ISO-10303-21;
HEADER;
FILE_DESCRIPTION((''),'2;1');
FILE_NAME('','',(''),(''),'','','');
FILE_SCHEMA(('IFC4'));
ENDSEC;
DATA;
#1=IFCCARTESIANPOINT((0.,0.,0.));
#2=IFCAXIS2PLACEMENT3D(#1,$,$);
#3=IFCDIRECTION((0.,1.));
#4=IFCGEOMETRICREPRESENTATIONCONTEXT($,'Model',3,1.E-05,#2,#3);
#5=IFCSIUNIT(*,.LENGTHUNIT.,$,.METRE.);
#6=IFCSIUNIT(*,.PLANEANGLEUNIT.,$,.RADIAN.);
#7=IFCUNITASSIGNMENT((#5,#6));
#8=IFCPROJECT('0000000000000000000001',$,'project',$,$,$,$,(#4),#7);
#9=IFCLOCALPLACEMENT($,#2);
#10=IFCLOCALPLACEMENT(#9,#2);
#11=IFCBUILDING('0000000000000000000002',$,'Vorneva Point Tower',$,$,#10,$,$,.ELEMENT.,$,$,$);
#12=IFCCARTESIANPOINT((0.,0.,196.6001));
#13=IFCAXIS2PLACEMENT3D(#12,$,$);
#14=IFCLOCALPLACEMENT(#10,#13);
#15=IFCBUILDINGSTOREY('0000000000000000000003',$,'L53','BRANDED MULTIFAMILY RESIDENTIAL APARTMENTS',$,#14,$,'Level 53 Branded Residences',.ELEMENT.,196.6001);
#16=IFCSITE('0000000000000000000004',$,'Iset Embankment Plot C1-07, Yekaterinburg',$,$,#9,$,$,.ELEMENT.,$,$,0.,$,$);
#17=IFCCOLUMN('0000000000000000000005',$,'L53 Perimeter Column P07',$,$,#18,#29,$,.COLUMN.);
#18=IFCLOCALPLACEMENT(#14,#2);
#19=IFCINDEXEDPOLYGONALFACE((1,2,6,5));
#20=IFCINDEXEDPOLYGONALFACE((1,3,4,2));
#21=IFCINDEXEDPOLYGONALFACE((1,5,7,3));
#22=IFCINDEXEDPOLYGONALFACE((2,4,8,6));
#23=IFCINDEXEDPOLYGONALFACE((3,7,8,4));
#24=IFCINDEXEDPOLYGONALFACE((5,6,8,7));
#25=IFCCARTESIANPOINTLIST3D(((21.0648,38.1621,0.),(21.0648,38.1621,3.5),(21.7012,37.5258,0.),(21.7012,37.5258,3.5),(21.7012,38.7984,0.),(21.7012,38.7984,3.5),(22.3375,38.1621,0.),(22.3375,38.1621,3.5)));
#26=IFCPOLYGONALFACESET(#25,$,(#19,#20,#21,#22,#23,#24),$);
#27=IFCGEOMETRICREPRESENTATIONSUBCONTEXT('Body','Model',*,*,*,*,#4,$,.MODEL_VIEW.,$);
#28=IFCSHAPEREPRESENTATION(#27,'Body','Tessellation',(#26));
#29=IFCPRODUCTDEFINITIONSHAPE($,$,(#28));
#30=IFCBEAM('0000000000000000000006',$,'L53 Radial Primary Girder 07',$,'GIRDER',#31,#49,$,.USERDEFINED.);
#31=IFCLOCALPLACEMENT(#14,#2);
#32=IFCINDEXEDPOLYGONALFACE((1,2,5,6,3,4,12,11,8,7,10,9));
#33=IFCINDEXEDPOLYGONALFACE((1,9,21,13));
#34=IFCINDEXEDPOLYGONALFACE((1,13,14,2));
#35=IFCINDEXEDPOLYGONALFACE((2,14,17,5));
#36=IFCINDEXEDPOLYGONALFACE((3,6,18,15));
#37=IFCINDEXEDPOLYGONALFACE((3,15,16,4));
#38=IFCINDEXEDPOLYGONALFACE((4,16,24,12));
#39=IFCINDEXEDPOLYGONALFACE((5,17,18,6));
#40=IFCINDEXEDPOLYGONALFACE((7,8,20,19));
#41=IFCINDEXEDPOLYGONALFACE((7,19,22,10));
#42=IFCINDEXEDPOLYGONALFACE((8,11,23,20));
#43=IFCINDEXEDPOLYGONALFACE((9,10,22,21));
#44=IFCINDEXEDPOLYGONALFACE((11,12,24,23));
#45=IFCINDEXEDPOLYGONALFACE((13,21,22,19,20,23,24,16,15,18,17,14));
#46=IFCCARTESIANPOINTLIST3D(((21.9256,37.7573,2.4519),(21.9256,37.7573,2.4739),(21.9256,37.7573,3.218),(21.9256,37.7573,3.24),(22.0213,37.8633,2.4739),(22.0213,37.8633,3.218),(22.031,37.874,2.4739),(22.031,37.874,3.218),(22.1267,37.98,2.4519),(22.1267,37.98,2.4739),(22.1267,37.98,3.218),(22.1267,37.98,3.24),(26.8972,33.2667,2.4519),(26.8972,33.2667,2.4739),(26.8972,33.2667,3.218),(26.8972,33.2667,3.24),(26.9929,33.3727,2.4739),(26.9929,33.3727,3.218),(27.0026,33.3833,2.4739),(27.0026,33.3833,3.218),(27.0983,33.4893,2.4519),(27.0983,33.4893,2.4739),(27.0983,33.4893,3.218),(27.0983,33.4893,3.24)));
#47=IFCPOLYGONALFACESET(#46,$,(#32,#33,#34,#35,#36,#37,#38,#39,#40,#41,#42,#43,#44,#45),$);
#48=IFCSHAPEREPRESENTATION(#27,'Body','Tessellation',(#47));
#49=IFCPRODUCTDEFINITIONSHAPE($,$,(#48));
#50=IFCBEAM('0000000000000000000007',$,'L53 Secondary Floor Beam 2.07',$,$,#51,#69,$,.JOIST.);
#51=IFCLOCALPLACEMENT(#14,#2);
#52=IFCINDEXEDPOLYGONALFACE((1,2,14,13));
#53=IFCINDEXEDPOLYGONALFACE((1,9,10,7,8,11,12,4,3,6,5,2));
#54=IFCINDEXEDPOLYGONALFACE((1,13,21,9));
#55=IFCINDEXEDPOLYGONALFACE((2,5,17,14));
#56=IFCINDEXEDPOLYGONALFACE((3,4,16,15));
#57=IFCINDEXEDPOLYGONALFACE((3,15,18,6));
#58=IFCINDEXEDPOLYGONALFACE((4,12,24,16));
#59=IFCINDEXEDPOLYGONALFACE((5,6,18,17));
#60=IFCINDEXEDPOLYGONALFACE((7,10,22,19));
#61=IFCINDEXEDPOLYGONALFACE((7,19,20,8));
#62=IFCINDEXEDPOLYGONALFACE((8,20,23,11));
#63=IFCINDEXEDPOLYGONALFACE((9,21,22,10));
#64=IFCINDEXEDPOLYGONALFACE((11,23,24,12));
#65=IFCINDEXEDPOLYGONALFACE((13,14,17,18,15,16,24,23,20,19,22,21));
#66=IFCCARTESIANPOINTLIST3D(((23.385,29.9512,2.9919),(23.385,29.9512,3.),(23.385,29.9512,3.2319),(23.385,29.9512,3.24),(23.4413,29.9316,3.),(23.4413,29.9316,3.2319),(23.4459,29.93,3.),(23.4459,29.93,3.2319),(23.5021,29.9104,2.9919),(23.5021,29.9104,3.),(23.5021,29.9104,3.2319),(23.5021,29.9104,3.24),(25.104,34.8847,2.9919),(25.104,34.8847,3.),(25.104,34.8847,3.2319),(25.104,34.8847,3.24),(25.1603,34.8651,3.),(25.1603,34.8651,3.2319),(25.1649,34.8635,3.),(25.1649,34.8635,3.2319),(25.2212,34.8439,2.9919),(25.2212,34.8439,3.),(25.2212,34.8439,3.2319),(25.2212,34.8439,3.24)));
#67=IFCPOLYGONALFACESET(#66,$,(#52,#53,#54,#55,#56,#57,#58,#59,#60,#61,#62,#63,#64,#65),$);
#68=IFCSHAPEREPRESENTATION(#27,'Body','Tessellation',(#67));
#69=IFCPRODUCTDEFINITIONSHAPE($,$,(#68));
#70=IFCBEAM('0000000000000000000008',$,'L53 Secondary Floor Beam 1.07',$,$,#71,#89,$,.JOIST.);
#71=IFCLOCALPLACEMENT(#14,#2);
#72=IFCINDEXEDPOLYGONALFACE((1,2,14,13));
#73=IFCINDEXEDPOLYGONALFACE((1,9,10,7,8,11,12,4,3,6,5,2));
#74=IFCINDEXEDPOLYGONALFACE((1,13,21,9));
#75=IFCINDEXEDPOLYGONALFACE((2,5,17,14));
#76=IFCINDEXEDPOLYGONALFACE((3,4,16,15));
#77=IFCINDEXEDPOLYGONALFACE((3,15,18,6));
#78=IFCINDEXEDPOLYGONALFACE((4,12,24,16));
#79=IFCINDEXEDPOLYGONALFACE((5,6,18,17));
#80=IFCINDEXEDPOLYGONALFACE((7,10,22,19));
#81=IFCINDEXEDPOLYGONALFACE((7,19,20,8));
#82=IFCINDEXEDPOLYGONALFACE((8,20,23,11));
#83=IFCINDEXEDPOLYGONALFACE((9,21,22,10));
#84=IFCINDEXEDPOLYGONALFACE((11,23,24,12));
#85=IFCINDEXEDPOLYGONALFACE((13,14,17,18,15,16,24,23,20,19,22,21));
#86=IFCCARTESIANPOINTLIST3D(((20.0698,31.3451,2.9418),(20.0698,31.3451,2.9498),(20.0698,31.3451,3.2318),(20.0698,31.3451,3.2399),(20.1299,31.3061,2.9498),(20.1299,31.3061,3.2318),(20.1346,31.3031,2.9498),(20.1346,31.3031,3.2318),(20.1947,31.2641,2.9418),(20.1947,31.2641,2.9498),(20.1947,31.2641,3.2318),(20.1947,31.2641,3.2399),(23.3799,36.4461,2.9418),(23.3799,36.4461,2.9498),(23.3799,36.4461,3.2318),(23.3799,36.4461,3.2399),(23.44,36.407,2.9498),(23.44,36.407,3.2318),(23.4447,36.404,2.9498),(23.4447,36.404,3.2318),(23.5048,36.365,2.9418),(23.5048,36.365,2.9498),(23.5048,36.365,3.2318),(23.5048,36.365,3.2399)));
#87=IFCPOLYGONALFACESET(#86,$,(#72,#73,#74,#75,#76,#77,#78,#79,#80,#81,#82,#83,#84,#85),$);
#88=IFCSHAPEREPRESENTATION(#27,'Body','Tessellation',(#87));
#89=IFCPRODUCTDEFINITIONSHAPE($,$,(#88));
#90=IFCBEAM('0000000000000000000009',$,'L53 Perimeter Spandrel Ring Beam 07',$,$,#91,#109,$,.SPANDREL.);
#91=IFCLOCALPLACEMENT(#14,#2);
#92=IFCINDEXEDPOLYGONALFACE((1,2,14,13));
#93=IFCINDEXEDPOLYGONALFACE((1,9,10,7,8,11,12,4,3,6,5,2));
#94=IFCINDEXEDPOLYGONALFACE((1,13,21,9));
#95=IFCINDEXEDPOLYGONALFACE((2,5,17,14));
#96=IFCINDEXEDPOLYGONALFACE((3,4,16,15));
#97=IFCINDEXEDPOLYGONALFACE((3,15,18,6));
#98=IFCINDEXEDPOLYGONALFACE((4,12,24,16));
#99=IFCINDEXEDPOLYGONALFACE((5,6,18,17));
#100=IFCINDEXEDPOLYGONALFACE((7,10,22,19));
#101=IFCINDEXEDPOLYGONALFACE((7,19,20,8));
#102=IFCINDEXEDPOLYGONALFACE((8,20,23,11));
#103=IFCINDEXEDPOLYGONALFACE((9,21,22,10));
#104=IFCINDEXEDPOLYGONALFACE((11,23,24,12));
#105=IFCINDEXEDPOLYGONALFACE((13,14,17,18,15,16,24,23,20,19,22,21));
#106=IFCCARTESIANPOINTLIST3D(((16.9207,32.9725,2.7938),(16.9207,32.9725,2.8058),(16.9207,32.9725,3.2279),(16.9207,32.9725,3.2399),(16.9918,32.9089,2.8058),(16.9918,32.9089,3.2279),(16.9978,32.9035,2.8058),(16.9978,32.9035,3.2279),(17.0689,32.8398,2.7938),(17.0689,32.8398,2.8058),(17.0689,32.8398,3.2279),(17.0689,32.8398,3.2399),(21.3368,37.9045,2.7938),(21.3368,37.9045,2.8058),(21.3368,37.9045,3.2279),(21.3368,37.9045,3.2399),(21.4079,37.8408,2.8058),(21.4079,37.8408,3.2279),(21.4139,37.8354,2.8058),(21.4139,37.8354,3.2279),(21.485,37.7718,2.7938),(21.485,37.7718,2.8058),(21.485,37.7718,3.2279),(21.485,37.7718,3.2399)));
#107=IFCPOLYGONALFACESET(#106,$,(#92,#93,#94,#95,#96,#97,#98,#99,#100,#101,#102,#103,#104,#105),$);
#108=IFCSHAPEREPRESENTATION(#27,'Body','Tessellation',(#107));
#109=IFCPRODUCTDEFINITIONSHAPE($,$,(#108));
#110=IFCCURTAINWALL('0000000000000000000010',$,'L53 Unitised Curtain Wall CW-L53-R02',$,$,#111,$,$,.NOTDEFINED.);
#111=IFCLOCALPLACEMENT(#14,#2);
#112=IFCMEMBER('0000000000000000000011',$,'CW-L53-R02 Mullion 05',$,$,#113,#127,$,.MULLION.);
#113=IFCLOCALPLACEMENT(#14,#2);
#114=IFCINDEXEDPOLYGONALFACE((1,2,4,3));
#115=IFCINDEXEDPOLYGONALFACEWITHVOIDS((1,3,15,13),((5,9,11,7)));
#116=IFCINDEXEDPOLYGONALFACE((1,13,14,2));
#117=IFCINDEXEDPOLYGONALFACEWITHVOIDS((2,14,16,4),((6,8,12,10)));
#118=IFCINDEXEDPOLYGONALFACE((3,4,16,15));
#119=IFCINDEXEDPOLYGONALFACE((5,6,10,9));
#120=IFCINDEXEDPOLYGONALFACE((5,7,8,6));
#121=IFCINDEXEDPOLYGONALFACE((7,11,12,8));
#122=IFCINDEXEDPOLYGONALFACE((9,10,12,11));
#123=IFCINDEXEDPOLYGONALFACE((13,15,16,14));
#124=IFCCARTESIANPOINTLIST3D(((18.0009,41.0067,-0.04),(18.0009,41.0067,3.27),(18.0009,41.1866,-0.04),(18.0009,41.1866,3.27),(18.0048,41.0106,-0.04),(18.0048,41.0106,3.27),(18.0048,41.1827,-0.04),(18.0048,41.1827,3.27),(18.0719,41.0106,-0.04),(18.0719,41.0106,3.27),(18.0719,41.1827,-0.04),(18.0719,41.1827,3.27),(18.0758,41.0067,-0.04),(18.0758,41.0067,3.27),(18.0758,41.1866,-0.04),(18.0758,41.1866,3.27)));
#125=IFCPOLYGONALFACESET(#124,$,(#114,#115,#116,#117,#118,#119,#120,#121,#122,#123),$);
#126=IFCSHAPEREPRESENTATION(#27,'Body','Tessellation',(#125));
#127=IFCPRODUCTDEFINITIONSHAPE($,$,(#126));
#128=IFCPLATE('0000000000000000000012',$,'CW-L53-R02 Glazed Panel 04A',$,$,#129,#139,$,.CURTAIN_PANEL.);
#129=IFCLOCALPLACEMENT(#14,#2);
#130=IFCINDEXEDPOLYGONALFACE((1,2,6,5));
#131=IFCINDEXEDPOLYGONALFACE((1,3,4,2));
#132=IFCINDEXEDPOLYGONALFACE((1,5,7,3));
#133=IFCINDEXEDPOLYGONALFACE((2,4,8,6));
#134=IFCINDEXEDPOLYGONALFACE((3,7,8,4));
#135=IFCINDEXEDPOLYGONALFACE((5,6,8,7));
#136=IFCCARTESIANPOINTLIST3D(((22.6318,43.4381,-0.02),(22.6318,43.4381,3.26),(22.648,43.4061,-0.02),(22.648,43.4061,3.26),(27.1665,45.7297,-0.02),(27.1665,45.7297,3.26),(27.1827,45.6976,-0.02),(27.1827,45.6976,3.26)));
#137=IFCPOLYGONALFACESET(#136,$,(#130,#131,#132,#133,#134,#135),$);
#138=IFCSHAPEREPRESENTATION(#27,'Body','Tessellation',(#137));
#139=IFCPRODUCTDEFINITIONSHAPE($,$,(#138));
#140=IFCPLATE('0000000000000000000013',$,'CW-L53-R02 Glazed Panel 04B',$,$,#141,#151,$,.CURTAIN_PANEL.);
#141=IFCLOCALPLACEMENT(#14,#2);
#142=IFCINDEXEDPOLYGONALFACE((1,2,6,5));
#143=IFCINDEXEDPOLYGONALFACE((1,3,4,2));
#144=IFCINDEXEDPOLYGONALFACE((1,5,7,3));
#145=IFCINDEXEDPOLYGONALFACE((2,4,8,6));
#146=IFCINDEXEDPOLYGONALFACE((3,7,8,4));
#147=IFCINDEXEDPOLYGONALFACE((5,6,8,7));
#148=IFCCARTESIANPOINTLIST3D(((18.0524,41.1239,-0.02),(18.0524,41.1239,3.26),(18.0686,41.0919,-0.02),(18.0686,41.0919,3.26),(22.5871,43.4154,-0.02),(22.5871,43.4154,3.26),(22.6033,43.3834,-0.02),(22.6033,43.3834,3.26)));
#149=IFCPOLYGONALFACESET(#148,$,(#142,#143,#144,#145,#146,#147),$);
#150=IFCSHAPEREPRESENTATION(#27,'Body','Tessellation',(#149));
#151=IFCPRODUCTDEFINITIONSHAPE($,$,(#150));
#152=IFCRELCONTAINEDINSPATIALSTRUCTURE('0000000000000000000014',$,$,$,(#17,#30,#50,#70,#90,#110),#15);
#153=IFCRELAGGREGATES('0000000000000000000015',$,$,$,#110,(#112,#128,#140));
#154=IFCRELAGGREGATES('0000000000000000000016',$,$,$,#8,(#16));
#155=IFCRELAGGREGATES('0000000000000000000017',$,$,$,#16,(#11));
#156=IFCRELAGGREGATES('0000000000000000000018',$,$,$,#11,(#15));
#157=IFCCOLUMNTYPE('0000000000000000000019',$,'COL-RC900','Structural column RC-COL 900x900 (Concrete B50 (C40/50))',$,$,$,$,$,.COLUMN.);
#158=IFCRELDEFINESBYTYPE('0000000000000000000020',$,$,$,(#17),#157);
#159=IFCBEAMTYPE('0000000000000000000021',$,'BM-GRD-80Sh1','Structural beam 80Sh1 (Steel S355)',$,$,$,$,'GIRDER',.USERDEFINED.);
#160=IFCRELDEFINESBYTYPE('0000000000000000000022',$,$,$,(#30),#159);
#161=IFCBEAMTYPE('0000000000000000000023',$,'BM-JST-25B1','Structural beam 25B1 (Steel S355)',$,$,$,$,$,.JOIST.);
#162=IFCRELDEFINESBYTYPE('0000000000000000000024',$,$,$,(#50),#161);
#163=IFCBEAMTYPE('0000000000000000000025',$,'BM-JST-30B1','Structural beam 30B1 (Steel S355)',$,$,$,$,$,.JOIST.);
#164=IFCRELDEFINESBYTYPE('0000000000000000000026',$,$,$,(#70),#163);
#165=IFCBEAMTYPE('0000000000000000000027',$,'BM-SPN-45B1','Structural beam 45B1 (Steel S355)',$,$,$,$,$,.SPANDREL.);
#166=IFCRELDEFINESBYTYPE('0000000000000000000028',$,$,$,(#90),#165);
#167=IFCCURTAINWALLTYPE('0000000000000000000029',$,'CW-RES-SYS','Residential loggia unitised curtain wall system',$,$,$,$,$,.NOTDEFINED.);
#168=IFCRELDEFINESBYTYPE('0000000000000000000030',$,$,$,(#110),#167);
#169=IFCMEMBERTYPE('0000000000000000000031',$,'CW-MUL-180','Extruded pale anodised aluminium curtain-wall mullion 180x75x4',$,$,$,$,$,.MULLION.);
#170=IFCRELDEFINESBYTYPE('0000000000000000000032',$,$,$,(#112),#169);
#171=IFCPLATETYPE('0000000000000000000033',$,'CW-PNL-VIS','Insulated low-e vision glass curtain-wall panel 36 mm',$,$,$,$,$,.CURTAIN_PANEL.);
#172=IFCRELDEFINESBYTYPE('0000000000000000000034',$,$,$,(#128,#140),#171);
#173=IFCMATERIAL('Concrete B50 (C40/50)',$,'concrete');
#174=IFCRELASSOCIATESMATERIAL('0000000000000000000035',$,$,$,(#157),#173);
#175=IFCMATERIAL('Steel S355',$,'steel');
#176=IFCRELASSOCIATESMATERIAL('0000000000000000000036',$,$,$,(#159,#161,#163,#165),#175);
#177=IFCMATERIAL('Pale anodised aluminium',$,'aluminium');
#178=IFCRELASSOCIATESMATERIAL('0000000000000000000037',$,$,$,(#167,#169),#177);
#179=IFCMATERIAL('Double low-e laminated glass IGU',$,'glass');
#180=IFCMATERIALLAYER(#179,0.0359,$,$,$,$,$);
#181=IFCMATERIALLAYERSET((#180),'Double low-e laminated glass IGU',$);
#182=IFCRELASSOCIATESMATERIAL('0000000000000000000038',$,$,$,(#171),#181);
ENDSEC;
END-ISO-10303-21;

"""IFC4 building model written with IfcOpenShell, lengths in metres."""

from ifc_helpers import new_model, si_unit, direction, frame, origin, origin_2d, place, context, subcontext, project, spatial, rectangle, hollow_rectangle, i_section, extrude, material, layer, layer_set, material_profile, profile_set, type_object, element, aggregate, save


model = new_model("IFC4")

# Units and contexts
model_context = context("Model", 3, precision=1e-05, world=origin(), true_north=direction((0.0, 1.0)))
body_context = subcontext(model_context, "Body", "Model", "MODEL_VIEW")
ifc_project = project(units=[si_unit("LENGTHUNIT", "METRE"), si_unit("PLANEANGLEUNIT", "RADIAN")], contexts=[model_context])

# Site, building, storey
site_placement = place(None, origin())
site = spatial("IfcSite", under=ifc_project, at=site_placement, Name="Iset Embankment Plot C1-07, Yekaterinburg", CompositionType="ELEMENT", RefElevation=0.0)
building_placement = place(site_placement, origin())
building = spatial("IfcBuilding", under=site, at=building_placement, Name="Vorneva Point Tower", CompositionType="ELEMENT")
storey_placement = place(building_placement, frame((0.0, 0.0, 196.6001)))
storey = spatial("IfcBuildingStorey", under=building, at=storey_placement, Name="L53", Description="BRANDED MULTIFAMILY RESIDENTIAL APARTMENTS", LongName="Level 53 Branded Residences", CompositionType="ELEMENT", Elevation=196.6001)

# Column
ifc_material_1 = material(Name="Concrete B50 (C40/50)", Category="concrete")
ifc_material_profile_1 = material_profile(ifc_material_1, rectangle(XDim=0.8999, YDim=0.8999, at=origin_2d()), Name="RC-COL 900x900")
ifc_profile_set_1 = profile_set([ifc_material_profile_1], Name="Concrete B50 (C40/50)")
column_type = type_object("IfcColumnType", Name="COL-RC900", Description="Structural column RC-COL 900x900 (Concrete B50 (C40/50))", PredefinedType="COLUMN", material=ifc_profile_set_1)
column_placement = place(storey_placement, frame((21.7012, 38.1621, 0.0), z_axis=(0.0, 0.0, 1.0), x_axis=(-0.707107, 0.707107, 0.0)))
element("IfcColumn", 1, at=column_placement, inside=storey, type_object=column_type, Name="L53 Perimeter Column P07", PredefinedType="COLUMN", context=body_context, shape_type="SweptSolid", body=[
    extrude(rectangle(XDim=0.8999, YDim=0.8999, at=origin_2d()), origin(), (0.0, 0.0, 1.0), 3.5),
])

# Beams
ifc_material_2 = material(Name="Steel S355", Category="steel")
ifc_material_profile_2 = material_profile(ifc_material_2, i_section(OverallWidth=0.3, OverallDepth=0.7881, WebThickness=0.0144, FlangeThickness=0.022, at=origin_2d()), Name="80Sh1")
ifc_profile_set_2 = profile_set([ifc_material_profile_2], Name="Steel S355")
beam_type_1 = type_object("IfcBeamType", Name="BM-GRD-80Sh1", Description="Structural beam 80Sh1 (Steel S355)", ElementType="GIRDER", PredefinedType="USERDEFINED", material=ifc_profile_set_2)
beam_1_placement = place(storey_placement, frame((22.0261, 37.8687, 2.8459), z_axis=(0.74209, -0.670301, 0.0), x_axis=(0.670301, 0.74209, 0.0)))
element("IfcBeam", 2, at=beam_1_placement, inside=storey, type_object=beam_type_1, Name="L53 Radial Primary Girder 07", ObjectType="GIRDER", PredefinedType="USERDEFINED", context=body_context, shape_type="SweptSolid", body=[
    extrude(i_section(OverallWidth=0.3, OverallDepth=0.7881, WebThickness=0.0144, FlangeThickness=0.022, at=origin_2d()), origin(), (0.0, 0.0, 1.0), 6.6995),
])
ifc_material_profile_3 = material_profile(ifc_material_2, i_section(OverallWidth=0.124, OverallDepth=0.248, WebThickness=0.0049, FlangeThickness=0.0081, at=origin_2d()), Name="25B1")
ifc_profile_set_3 = profile_set([ifc_material_profile_3], Name="Steel S355")
beam_type_2 = type_object("IfcBeamType", Name="BM-JST-25B1", Description="Structural beam 25B1 (Steel S355)", PredefinedType="JOIST", material=ifc_profile_set_3)
beam_2_placement = place(storey_placement, frame((25.1626, 34.8643, 3.116), z_axis=(-0.329041, -0.944316, 0.0), x_axis=(0.944316, -0.329041, 0.0)))
element("IfcBeam", 3, at=beam_2_placement, inside=storey, type_object=beam_type_2, Name="L53 Secondary Floor Beam 2.07", PredefinedType="JOIST", context=body_context, shape_type="SweptSolid", body=[
    extrude(i_section(OverallWidth=0.124, OverallDepth=0.248, WebThickness=0.0049, FlangeThickness=0.0081, at=origin_2d()), origin(), (0.0, 0.0, 1.0), 5.2244),
])
ifc_material_profile_4 = material_profile(ifc_material_2, i_section(OverallWidth=0.1489, OverallDepth=0.2981, WebThickness=0.0056, FlangeThickness=0.0081, at=origin_2d()), Name="30B1")
ifc_profile_set_4 = profile_set([ifc_material_profile_4], Name="Steel S355")
beam_type_3 = type_object("IfcBeamType", Name="BM-JST-30B1", Description="Structural beam 30B1 (Steel S355)", PredefinedType="JOIST", material=ifc_profile_set_4)
beam_3_placement = place(storey_placement, frame((23.4424, 36.4055, 3.0908), z_axis=(-0.544355, -0.838855, 0.0), x_axis=(0.838855, -0.544355, 0.0)))
element("IfcBeam", 4, at=beam_3_placement, inside=storey, type_object=beam_type_3, Name="L53 Secondary Floor Beam 1.07", PredefinedType="JOIST", context=body_context, shape_type="SweptSolid", body=[
    extrude(i_section(OverallWidth=0.1489, OverallDepth=0.2981, WebThickness=0.0056, FlangeThickness=0.0081, at=origin_2d()), origin(), (0.0, 0.0, 1.0), 6.0808),
])
ifc_material_profile_5 = material_profile(ifc_material_2, i_section(OverallWidth=0.199, OverallDepth=0.446, WebThickness=0.0081, FlangeThickness=0.012, at=origin_2d()), Name="45B1")
ifc_profile_set_5 = profile_set([ifc_material_profile_5], Name="Steel S355")
beam_type_4 = type_object("IfcBeamType", Name="BM-SPN-45B1", Description="Structural beam 45B1 (Steel S355)", PredefinedType="SPANDREL", material=ifc_profile_set_5)
beam_4_placement = place(storey_placement, frame((21.4109, 37.8381, 3.0168), z_axis=(-0.66707, -0.744995, 0.0), x_axis=(0.744995, -0.66707, 0.0)))
element("IfcBeam", 5, at=beam_4_placement, inside=storey, type_object=beam_type_4, Name="L53 Perimeter Spandrel Ring Beam 07", PredefinedType="SPANDREL", context=body_context, shape_type="SweptSolid", body=[
    extrude(i_section(OverallWidth=0.199, OverallDepth=0.446, WebThickness=0.0081, FlangeThickness=0.012, at=origin_2d()), origin(), (0.0, 0.0, 1.0), 6.6201),
])

# Curtain wall, member, plates
ifc_material_3 = material(Name="Pale anodised aluminium", Category="aluminium")
curtain_wall_type = type_object("IfcCurtainWallType", Name="CW-RES-SYS", Description="Residential loggia unitised curtain wall system", PredefinedType="NOTDEFINED", material=ifc_material_3)
curtain_wall_placement = place(storey_placement, origin())
curtain_wall = element("IfcCurtainWall", 6, at=curtain_wall_placement, inside=storey, type_object=curtain_wall_type, Name="L53 Unitised Curtain Wall CW-L53-R02", PredefinedType="NOTDEFINED")
ifc_material_profile_6 = material_profile(ifc_material_3, hollow_rectangle(XDim=0.075, YDim=0.1799, WallThickness=0.0039, at=origin_2d()), Name="AL-MUL 180x75x4")
ifc_profile_set_6 = profile_set([ifc_material_profile_6], Name="Pale anodised aluminium")
member_type = type_object("IfcMemberType", Name="CW-MUL-180", Description="Extruded pale anodised aluminium curtain-wall mullion 180x75x4", PredefinedType="MULLION", material=ifc_profile_set_6)
member_placement = place(storey_placement, frame((18.0383, 41.0967, -0.04), z_axis=(0.0, 0.0, 1.0), x_axis=(1.0, 0.0, 0.0)))
member = element("IfcMember", 7, at=member_placement, type_object=member_type, Name="CW-L53-R02 Mullion 05", PredefinedType="MULLION", context=body_context, shape_type="SweptSolid", body=[
    extrude(hollow_rectangle(XDim=0.075, YDim=0.1799, WallThickness=0.0039, at=origin_2d()), origin(), (0.0, 0.0, 1.0), 3.3101),
])
ifc_material_4 = material(Name="Double low-e laminated glass IGU", Category="glass")
ifc_layer_1 = layer(ifc_material_4, 0.0359)
ifc_layer_set_1 = layer_set([ifc_layer_1], Name="Double low-e laminated glass IGU")
plate_type = type_object("IfcPlateType", Name="CW-PNL-VIS", Description="Insulated low-e vision glass curtain-wall panel 36 mm", PredefinedType="CURTAIN_PANEL", material=ifc_layer_set_1)
plate_1_placement = place(storey_placement, frame((24.9072, 44.5679, -0.02), z_axis=(0.0, 0.0, 1.0), x_axis=(-0.892515, -0.451018, 0.0)))
plate_1 = element("IfcPlate", 8, at=plate_1_placement, type_object=plate_type, Name="CW-L53-R02 Glazed Panel 04A", PredefinedType="CURTAIN_PANEL", context=body_context, shape_type="SweptSolid", body=[
    extrude(rectangle(XDim=5.0808, YDim=0.0359, at=origin_2d()), origin(), (0.0, 0.0, 1.0), 3.28),
])
plate_2_placement = place(storey_placement, frame((20.3279, 42.2537, -0.02), z_axis=(0.0, 0.0, 1.0), x_axis=(-0.892515, -0.451018, 0.0)))
plate_2 = element("IfcPlate", 9, at=plate_2_placement, type_object=plate_type, Name="CW-L53-R02 Glazed Panel 04B", PredefinedType="CURTAIN_PANEL", context=body_context, shape_type="SweptSolid", body=[
    extrude(rectangle(XDim=5.0808, YDim=0.0359, at=origin_2d()), origin(), (0.0, 0.0, 1.0), 3.28),
])
aggregate(curtain_wall, [member, plate_1, plate_2])

save(model, "model.ifc")
